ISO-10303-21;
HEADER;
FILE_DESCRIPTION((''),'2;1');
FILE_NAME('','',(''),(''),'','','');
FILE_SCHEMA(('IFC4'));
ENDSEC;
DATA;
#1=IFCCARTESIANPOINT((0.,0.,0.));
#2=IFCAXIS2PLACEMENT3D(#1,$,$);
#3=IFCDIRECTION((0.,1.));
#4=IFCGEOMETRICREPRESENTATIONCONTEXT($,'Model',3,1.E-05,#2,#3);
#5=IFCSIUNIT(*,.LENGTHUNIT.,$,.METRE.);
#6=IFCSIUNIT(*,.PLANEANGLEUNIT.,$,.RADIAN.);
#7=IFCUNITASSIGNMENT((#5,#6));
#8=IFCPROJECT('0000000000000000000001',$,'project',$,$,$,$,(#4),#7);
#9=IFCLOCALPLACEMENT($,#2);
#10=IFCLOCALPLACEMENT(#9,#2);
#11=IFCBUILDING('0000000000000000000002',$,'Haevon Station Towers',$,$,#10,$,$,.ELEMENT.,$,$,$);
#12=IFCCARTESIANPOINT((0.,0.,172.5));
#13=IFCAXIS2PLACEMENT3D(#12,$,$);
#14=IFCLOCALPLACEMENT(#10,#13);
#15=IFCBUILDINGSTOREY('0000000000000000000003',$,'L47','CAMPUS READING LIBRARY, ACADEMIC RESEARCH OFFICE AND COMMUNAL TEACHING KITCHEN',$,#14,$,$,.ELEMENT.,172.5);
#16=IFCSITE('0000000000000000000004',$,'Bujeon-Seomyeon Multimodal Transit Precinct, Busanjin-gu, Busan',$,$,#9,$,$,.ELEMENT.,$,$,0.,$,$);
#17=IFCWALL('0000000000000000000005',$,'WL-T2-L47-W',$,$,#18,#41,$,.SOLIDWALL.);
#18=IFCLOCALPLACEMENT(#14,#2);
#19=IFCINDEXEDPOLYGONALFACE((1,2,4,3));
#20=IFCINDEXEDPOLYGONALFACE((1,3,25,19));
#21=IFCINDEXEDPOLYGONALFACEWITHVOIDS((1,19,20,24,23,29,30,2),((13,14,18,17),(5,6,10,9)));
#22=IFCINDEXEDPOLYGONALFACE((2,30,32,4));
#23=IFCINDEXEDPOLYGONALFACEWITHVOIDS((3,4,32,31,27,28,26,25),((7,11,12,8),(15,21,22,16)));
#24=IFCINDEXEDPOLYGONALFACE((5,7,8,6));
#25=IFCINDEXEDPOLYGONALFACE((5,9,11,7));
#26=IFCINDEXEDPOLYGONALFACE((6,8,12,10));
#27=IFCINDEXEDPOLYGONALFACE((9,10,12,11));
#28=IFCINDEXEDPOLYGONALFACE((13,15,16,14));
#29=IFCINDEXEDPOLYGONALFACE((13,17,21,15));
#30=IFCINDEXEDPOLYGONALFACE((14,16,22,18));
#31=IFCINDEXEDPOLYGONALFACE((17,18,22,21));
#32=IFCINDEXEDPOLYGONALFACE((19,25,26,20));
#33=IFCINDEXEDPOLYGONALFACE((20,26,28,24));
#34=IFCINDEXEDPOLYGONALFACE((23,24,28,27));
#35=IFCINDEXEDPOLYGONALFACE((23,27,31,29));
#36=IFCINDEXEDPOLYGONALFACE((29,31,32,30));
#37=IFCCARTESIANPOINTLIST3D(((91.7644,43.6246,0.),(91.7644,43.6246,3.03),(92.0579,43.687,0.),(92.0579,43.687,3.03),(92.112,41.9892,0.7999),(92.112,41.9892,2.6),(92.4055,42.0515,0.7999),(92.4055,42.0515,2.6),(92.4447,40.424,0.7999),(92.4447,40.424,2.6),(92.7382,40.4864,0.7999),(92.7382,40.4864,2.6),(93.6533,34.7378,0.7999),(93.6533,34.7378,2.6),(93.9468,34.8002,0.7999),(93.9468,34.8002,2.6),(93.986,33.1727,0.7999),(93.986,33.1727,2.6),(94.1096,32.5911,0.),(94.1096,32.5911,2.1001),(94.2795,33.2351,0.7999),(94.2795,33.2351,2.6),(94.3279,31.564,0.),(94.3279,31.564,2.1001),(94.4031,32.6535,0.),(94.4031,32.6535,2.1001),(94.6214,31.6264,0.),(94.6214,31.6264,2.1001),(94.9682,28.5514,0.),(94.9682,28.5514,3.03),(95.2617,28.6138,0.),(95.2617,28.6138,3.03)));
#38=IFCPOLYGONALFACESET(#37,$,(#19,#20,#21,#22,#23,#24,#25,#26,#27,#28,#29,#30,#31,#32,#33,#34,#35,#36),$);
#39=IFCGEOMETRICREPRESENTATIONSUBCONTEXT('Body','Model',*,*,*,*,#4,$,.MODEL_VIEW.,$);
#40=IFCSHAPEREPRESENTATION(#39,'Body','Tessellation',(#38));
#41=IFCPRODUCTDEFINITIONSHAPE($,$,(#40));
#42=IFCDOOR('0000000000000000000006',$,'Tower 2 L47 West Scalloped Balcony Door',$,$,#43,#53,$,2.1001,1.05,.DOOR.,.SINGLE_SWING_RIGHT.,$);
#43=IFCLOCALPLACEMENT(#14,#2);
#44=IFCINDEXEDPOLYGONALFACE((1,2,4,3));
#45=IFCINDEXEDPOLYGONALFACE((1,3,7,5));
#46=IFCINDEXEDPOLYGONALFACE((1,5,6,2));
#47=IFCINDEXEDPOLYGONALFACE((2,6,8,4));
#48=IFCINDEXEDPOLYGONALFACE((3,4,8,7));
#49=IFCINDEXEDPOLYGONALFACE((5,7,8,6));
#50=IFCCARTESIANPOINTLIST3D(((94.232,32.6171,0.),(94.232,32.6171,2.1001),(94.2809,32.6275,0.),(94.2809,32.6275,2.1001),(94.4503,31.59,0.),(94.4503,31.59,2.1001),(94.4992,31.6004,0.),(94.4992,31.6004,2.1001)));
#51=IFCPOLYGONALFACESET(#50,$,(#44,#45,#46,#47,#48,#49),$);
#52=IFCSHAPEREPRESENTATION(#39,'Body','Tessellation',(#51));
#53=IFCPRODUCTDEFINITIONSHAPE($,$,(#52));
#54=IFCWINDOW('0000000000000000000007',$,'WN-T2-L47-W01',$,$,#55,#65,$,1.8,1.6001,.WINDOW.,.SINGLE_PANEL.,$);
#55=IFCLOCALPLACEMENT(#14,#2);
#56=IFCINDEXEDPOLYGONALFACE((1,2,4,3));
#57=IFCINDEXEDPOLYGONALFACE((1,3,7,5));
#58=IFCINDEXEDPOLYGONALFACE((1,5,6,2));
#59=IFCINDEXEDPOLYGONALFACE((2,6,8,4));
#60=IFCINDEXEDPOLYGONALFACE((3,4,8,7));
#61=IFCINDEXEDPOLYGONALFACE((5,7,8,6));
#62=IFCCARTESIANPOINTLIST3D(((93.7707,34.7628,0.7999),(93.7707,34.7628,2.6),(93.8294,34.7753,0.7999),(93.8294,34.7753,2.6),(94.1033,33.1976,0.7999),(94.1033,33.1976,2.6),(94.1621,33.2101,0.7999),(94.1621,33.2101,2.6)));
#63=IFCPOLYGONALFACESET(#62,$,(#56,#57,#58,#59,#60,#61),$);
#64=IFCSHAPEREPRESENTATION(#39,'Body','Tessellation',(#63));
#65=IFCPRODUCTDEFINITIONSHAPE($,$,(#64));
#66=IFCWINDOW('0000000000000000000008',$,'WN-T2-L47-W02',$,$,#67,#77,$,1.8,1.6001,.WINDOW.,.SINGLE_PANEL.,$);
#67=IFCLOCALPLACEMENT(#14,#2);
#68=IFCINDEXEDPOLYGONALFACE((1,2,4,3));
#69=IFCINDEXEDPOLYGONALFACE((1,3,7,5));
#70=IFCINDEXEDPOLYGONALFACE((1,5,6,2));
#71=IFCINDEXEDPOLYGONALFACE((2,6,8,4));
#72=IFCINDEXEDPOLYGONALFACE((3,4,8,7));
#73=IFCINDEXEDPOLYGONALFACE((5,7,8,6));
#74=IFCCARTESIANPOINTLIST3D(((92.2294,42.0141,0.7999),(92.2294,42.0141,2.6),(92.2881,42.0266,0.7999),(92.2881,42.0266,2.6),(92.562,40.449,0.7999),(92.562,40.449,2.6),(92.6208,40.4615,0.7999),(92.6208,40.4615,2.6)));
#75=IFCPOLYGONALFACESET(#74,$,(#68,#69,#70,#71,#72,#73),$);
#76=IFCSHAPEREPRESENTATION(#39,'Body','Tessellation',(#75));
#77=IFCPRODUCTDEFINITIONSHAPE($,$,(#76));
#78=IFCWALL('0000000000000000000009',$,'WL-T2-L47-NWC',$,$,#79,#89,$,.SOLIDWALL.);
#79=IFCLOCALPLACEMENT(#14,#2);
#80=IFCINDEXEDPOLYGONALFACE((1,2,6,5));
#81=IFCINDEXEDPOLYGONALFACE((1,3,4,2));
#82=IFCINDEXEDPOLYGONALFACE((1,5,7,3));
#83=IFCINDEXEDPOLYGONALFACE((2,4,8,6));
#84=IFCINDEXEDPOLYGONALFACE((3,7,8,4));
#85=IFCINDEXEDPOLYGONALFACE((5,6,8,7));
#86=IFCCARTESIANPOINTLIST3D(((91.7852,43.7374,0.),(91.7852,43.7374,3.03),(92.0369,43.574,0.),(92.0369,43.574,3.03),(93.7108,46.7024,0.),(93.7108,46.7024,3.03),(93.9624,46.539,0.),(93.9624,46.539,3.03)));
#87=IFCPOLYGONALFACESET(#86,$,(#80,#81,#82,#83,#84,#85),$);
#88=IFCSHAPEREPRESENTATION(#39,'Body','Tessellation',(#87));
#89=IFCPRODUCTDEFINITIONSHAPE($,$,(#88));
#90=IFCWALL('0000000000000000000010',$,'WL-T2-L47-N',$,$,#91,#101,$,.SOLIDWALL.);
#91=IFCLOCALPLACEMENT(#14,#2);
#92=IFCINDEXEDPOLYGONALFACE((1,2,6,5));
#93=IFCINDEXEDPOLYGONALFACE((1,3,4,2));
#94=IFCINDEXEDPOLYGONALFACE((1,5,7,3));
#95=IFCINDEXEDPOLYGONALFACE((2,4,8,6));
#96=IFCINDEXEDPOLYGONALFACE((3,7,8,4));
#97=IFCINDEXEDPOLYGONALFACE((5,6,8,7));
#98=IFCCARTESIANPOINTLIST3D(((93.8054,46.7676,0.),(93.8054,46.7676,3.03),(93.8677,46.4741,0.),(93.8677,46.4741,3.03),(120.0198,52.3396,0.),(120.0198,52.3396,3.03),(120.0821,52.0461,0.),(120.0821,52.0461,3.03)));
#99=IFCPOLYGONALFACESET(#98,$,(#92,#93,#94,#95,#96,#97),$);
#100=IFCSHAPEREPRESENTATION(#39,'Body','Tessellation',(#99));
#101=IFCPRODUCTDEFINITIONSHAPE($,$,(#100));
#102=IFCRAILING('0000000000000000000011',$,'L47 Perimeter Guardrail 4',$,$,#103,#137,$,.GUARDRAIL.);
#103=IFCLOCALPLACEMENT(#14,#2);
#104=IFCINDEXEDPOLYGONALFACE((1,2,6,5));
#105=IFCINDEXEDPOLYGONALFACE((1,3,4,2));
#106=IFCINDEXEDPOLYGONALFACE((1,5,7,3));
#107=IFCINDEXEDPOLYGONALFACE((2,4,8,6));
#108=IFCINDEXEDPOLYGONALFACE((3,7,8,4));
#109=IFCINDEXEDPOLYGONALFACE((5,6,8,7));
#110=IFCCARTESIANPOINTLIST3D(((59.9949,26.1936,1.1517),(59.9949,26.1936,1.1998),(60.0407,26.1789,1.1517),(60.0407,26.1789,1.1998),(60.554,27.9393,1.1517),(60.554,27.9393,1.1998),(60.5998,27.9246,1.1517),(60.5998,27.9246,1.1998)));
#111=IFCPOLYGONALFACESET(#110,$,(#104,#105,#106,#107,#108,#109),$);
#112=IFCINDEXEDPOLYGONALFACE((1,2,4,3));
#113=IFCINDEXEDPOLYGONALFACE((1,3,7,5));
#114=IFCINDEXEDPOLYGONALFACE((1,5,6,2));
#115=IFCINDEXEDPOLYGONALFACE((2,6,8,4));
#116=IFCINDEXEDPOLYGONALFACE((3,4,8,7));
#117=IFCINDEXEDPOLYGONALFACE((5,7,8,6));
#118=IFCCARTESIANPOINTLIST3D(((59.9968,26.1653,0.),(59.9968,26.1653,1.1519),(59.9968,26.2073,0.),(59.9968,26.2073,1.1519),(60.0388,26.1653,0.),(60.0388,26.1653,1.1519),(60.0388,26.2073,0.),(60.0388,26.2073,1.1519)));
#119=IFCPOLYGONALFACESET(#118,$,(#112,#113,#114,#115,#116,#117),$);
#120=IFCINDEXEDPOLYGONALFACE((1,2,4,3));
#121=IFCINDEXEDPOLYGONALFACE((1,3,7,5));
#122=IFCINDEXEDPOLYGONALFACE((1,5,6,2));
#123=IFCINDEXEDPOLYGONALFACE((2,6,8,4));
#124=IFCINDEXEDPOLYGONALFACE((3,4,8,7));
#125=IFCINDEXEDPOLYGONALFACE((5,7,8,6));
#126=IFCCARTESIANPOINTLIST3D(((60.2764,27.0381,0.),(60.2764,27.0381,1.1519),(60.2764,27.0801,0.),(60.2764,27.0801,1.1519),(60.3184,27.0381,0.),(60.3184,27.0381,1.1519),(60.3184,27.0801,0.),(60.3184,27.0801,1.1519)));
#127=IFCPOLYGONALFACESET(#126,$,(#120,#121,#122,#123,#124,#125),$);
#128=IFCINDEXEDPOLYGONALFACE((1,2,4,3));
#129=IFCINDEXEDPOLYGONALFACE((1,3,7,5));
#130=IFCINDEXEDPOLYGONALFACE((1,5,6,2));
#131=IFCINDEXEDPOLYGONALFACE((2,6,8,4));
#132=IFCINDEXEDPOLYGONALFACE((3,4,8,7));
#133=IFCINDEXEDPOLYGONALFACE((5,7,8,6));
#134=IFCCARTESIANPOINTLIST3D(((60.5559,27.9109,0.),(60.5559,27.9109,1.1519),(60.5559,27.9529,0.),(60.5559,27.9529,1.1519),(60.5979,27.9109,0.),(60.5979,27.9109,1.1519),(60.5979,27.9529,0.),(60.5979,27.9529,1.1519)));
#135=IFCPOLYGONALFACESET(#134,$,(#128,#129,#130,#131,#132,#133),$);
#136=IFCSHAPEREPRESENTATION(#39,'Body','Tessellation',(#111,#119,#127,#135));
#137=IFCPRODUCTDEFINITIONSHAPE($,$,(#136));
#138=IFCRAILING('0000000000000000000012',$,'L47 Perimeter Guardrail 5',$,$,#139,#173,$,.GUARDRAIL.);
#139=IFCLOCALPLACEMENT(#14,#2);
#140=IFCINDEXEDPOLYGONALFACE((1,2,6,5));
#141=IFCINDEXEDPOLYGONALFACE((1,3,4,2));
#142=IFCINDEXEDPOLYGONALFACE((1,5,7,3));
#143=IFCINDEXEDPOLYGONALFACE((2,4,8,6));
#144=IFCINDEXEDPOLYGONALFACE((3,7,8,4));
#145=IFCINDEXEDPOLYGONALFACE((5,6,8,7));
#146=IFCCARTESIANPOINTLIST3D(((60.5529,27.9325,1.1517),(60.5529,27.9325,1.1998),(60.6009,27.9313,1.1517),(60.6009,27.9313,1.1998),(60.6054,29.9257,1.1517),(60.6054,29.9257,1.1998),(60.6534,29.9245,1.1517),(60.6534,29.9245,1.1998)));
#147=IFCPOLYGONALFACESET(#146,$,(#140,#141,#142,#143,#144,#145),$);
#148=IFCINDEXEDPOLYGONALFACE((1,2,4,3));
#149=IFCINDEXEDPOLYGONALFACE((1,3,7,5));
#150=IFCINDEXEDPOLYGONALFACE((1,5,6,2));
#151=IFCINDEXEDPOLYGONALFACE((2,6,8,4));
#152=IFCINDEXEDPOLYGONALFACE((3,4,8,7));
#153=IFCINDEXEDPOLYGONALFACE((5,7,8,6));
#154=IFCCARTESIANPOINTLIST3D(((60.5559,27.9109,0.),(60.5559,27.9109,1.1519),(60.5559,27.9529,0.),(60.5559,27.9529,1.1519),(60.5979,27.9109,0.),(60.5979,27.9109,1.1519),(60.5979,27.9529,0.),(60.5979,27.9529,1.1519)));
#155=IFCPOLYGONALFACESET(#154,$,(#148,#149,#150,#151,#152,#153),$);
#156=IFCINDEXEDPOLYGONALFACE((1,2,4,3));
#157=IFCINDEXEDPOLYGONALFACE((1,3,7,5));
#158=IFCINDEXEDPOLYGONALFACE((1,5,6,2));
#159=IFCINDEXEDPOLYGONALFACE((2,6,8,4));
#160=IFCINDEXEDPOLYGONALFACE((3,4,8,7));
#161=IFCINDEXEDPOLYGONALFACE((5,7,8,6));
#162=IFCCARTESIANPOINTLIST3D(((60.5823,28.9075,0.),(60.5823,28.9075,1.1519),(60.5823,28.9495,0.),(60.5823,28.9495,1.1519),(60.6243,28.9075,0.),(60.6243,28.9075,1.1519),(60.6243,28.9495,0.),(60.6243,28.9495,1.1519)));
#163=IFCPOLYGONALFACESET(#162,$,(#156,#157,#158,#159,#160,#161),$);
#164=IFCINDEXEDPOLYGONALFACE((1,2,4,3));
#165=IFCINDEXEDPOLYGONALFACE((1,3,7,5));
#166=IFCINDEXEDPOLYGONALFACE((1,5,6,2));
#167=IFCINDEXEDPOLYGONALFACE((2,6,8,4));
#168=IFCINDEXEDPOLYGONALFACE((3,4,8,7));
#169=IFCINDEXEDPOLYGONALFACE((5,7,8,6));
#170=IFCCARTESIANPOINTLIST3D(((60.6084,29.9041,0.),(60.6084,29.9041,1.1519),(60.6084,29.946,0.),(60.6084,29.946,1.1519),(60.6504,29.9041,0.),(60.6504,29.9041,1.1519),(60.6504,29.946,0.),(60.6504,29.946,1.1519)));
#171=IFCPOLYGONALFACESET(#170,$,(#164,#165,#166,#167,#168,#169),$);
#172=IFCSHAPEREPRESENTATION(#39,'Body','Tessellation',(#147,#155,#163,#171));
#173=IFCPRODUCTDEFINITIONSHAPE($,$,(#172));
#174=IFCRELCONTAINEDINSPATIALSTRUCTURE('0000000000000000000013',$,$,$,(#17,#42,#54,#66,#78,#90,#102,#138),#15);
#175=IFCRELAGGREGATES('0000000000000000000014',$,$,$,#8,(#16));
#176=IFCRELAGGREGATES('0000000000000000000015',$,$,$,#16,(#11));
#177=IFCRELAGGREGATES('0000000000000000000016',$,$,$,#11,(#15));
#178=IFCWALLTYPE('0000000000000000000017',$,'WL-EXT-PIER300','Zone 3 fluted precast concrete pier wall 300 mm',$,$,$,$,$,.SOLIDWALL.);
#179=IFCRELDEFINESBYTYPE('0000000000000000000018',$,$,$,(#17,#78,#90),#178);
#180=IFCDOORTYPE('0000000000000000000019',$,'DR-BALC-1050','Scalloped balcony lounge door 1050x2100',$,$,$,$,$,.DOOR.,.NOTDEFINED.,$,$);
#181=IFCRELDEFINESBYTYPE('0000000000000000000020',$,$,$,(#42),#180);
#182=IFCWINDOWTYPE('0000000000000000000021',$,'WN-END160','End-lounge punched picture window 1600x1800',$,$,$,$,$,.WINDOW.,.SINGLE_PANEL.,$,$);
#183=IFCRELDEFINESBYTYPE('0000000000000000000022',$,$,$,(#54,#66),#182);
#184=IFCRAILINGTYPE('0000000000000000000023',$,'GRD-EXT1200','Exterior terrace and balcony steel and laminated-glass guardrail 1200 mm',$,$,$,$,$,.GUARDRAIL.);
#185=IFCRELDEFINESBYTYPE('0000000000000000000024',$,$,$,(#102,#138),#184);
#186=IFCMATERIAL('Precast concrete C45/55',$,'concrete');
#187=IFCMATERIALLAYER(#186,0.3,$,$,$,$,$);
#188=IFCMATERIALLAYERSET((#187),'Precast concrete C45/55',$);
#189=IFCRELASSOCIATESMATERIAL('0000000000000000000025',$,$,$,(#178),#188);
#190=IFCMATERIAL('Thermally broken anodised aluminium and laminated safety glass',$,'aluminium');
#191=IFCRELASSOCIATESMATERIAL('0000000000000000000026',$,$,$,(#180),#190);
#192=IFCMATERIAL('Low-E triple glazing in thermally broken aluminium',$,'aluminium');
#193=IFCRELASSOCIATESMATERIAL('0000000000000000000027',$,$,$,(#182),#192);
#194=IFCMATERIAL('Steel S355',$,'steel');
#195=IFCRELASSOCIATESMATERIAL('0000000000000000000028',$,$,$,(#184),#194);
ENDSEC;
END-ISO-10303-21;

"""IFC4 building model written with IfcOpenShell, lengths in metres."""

from ifc_helpers import new_model, si_unit, direction, frame, frame_2d, origin, origin_2d, place, context, subcontext, project, spatial, rectangle, extrude, material, layer, layer_set, type_object, element, fill, save


model = new_model("IFC4")

# Units and contexts
model_context = context("Model", 3, precision=1e-05, world=origin(), true_north=direction((0.0, 1.0)))
body_context = subcontext(model_context, "Body", "Model", "MODEL_VIEW")
ifc_project = project(units=[si_unit("LENGTHUNIT", "METRE"), si_unit("PLANEANGLEUNIT", "RADIAN")], contexts=[model_context])

# Site, building, storey
site_placement = place(None, origin())
site = spatial("IfcSite", under=ifc_project, at=site_placement, Name="Bujeon-Seomyeon Multimodal Transit Precinct, Busanjin-gu, Busan", CompositionType="ELEMENT", RefElevation=0.0)
building_placement = place(site_placement, origin())
building = spatial("IfcBuilding", under=site, at=building_placement, Name="Haevon Station Towers", CompositionType="ELEMENT")
storey_placement = place(building_placement, frame((0.0, 0.0, 172.5)))
storey = spatial("IfcBuildingStorey", under=building, at=storey_placement, Name="L47", Description="CAMPUS READING LIBRARY, ACADEMIC RESEARCH OFFICE AND COMMUNAL TEACHING KITCHEN", CompositionType="ELEMENT", Elevation=172.5)

# Shared definitions
ifc_material_1 = material(Name="Steel S355", Category="steel")

# Wall, openings, door, windows
ifc_material_2 = material(Name="Precast concrete C45/55", Category="concrete")
ifc_layer_1 = layer(ifc_material_2, 0.3)
ifc_layer_set_1 = layer_set([ifc_layer_1], Name="Precast concrete C45/55")
wall_type = type_object("IfcWallType", Name="WL-EXT-PIER300", Description="Zone 3 fluted precast concrete pier wall 300 mm", PredefinedType="SOLIDWALL", material=ifc_layer_set_1)
wall_1_placement = place(storey_placement, frame((95.115, 28.5825, 0.0), z_axis=(0.0, 0.0, 1.0), x_axis=(-0.207908, 0.978148, 0.0)))
wall_1 = element("IfcWall", 1, at=wall_1_placement, inside=storey, type_object=wall_type, Name="WL-T2-L47-W", PredefinedType="SOLIDWALL", context=body_context, shape_type="SweptSolid", body=[
    extrude(rectangle(XDim=15.4099, YDim=0.3, at=frame_2d((7.7051, 0.0))), origin(), (0.0, 0.0, 1.0), 3.03),
])
opening_1_placement = place(wall_1_placement, frame((3.0801, 0.0, 0.0)))
opening_1 = element("IfcOpeningElement", 2, at=opening_1_placement, cuts=wall_1, PredefinedType="OPENING", context=body_context, shape_type="SweptSolid", body=[
    extrude(rectangle(XDim=1.05, YDim=2.1001, at=frame_2d((0.5249, 1.05))), frame((0.0, 0.1599, 0.0), z_axis=(0.0, -1.0, 0.0), x_axis=(1.0, 0.0, 0.0)), (0.0, 0.0, 1.0), 0.3201),
])
opening_2_placement = place(wall_1_placement, frame((4.7246, 0.0, 0.8)))
opening_2 = element("IfcOpeningElement", 3, at=opening_2_placement, cuts=wall_1, PredefinedType="OPENING", context=body_context, shape_type="SweptSolid", body=[
    extrude(rectangle(XDim=1.6001, YDim=1.8, at=frame_2d((0.8, 0.8999))), frame((0.0, 0.1599, 0.0), z_axis=(0.0, -1.0, 0.0), x_axis=(1.0, 0.0, 0.0)), (0.0, 0.0, 1.0), 0.3201),
])
opening_3_placement = place(wall_1_placement, frame((12.1379, 0.0, 0.8)))
opening_3 = element("IfcOpeningElement", 4, at=opening_3_placement, cuts=wall_1, PredefinedType="OPENING", context=body_context, shape_type="SweptSolid", body=[
    extrude(rectangle(XDim=1.6001, YDim=1.8, at=frame_2d((0.8, 0.8999))), frame((0.0, 0.1599, 0.0), z_axis=(0.0, -1.0, 0.0), x_axis=(1.0, 0.0, 0.0)), (0.0, 0.0, 1.0), 0.3201),
])
ifc_material_3 = material(Name="Thermally broken anodised aluminium and laminated safety glass", Category="aluminium")
door_type = type_object("IfcDoorType", Name="DR-BALC-1050", Description="Scalloped balcony lounge door 1050x2100", OperationType="NOTDEFINED", PredefinedType="DOOR", material=ifc_material_3)
door_placement = place(opening_1_placement, origin())
door = element("IfcDoor", 5, at=door_placement, inside=storey, type_object=door_type, Name="Tower 2 L47 West Scalloped Balcony Door", OperationType="SINGLE_SWING_RIGHT", OverallHeight=2.1001, OverallWidth=1.05, PredefinedType="DOOR", context=body_context, shape_type="SweptSolid", body=[
    extrude(rectangle(XDim=1.05, YDim=2.1001, at=frame_2d((0.5249, 1.05))), frame((0.0, 0.0249, 0.0), z_axis=(0.0, -1.0, 0.0), x_axis=(1.0, 0.0, 0.0)), (0.0, 0.0, 1.0), 0.05),
])
fill(opening_1, door)
ifc_material_4 = material(Name="Low-E triple glazing in thermally broken aluminium", Category="aluminium")
window_type = type_object("IfcWindowType", Name="WN-END160", Description="End-lounge punched picture window 1600x1800", PartitioningType="SINGLE_PANEL", PredefinedType="WINDOW", material=ifc_material_4)
window_1_placement = place(opening_2_placement, origin())
window_1 = element("IfcWindow", 6, at=window_1_placement, inside=storey, type_object=window_type, Name="WN-T2-L47-W01", OverallHeight=1.8, OverallWidth=1.6001, PartitioningType="SINGLE_PANEL", PredefinedType="WINDOW", context=body_context, shape_type="SweptSolid", body=[
    extrude(rectangle(XDim=1.6001, YDim=1.8, at=frame_2d((0.8, 0.8999))), frame((0.0, 0.03, 0.0), z_axis=(0.0, -1.0, 0.0), x_axis=(1.0, 0.0, 0.0)), (0.0, 0.0, 1.0), 0.0601),
])
fill(opening_2, window_1)
window_2_placement = place(opening_3_placement, origin())
window_2 = element("IfcWindow", 7, at=window_2_placement, inside=storey, type_object=window_type, Name="WN-T2-L47-W02", OverallHeight=1.8, OverallWidth=1.6001, PartitioningType="SINGLE_PANEL", PredefinedType="WINDOW", context=body_context, shape_type="SweptSolid", body=[
    extrude(rectangle(XDim=1.6001, YDim=1.8, at=frame_2d((0.8, 0.8999))), frame((0.0, 0.03, 0.0), z_axis=(0.0, -1.0, 0.0), x_axis=(1.0, 0.0, 0.0)), (0.0, 0.0, 1.0), 0.0601),
])
fill(opening_3, window_2)

# Walls
wall_2_placement = place(storey_placement, frame((91.9111, 43.6558, 0.0), z_axis=(0.0, 0.0, 1.0), x_axis=(0.544636, 0.838672, 0.0)))
element("IfcWall", 8, at=wall_2_placement, inside=storey, type_object=wall_type, Name="WL-T2-L47-NWC", PredefinedType="SOLIDWALL", context=body_context, shape_type="SweptSolid", body=[
    extrude(rectangle(XDim=3.5354, YDim=0.3, at=frame_2d((1.7676, 0.0))), origin(), (0.0, 0.0, 1.0), 3.03),
])
wall_3_placement = place(storey_placement, frame((93.8367, 46.6208, 0.0), z_axis=(0.0, 0.0, 1.0), x_axis=(0.978148, 0.207911, 0.0)))
element("IfcWall", 9, at=wall_3_placement, inside=storey, type_object=wall_type, Name="WL-T2-L47-N", PredefinedType="SOLIDWALL", context=body_context, shape_type="SweptSolid", body=[
    extrude(rectangle(XDim=26.8, YDim=0.3, at=frame_2d((13.3999, 0.0))), origin(), (0.0, 0.0, 1.0), 3.03),
])

# Railings
railing_type = type_object("IfcRailingType", Name="GRD-EXT1200", Description="Exterior terrace and balcony steel and laminated-glass guardrail 1200 mm", PredefinedType="GUARDRAIL", material=ifc_material_1)
railing_1_placement = place(storey_placement, frame((60.0178, 26.1863, 0.0)))
element("IfcRailing", 10, at=railing_1_placement, inside=storey, type_object=railing_type, Name="L47 Perimeter Guardrail 4", PredefinedType="GUARDRAIL", context=body_context, shape_type="SweptSolid", body=[
    extrude(rectangle(XDim=0.0481, YDim=0.0481, at=origin_2d()), frame((0.0, 0.0, 1.1758), z_axis=(0.305017, 0.952347, 0.0), x_axis=(-0.952347, 0.305017, 0.0)), (0.0, 0.0, 1.0), 1.833),
    extrude(rectangle(XDim=0.042, YDim=0.042, at=origin_2d()), origin(), (0.0, 0.0, 1.0), 1.1519),
    extrude(rectangle(XDim=0.042, YDim=0.042, at=origin_2d()), frame((0.2795, 0.8728, 0.0)), (0.0, 0.0, 1.0), 1.1519),
    extrude(rectangle(XDim=0.042, YDim=0.042, at=origin_2d()), frame((0.5591, 1.7456, 0.0)), (0.0, 0.0, 1.0), 1.1519),
])
railing_2_placement = place(storey_placement, frame((60.5769, 27.9319, 0.0)))
element("IfcRailing", 11, at=railing_2_placement, inside=storey, type_object=railing_type, Name="L47 Perimeter Guardrail 5", PredefinedType="GUARDRAIL", context=body_context, shape_type="SweptSolid", body=[
    extrude(rectangle(XDim=0.0481, YDim=0.0481, at=origin_2d()), frame((0.0, 0.0, 1.1758), z_axis=(0.026326, 0.999653, 0.0), x_axis=(-0.999653, 0.026326, 0.0)), (0.0, 0.0, 1.0), 1.9939),
    extrude(rectangle(XDim=0.042, YDim=0.042, at=origin_2d()), origin(), (0.0, 0.0, 1.0), 1.1519),
    extrude(rectangle(XDim=0.042, YDim=0.042, at=origin_2d()), frame((0.0264, 0.9966, 0.0)), (0.0, 0.0, 1.0), 1.1519),
    extrude(rectangle(XDim=0.042, YDim=0.042, at=origin_2d()), frame((0.0525, 1.9932, 0.0)), (0.0, 0.0, 1.0), 1.1519),
])

save(model, "model.ifc")
